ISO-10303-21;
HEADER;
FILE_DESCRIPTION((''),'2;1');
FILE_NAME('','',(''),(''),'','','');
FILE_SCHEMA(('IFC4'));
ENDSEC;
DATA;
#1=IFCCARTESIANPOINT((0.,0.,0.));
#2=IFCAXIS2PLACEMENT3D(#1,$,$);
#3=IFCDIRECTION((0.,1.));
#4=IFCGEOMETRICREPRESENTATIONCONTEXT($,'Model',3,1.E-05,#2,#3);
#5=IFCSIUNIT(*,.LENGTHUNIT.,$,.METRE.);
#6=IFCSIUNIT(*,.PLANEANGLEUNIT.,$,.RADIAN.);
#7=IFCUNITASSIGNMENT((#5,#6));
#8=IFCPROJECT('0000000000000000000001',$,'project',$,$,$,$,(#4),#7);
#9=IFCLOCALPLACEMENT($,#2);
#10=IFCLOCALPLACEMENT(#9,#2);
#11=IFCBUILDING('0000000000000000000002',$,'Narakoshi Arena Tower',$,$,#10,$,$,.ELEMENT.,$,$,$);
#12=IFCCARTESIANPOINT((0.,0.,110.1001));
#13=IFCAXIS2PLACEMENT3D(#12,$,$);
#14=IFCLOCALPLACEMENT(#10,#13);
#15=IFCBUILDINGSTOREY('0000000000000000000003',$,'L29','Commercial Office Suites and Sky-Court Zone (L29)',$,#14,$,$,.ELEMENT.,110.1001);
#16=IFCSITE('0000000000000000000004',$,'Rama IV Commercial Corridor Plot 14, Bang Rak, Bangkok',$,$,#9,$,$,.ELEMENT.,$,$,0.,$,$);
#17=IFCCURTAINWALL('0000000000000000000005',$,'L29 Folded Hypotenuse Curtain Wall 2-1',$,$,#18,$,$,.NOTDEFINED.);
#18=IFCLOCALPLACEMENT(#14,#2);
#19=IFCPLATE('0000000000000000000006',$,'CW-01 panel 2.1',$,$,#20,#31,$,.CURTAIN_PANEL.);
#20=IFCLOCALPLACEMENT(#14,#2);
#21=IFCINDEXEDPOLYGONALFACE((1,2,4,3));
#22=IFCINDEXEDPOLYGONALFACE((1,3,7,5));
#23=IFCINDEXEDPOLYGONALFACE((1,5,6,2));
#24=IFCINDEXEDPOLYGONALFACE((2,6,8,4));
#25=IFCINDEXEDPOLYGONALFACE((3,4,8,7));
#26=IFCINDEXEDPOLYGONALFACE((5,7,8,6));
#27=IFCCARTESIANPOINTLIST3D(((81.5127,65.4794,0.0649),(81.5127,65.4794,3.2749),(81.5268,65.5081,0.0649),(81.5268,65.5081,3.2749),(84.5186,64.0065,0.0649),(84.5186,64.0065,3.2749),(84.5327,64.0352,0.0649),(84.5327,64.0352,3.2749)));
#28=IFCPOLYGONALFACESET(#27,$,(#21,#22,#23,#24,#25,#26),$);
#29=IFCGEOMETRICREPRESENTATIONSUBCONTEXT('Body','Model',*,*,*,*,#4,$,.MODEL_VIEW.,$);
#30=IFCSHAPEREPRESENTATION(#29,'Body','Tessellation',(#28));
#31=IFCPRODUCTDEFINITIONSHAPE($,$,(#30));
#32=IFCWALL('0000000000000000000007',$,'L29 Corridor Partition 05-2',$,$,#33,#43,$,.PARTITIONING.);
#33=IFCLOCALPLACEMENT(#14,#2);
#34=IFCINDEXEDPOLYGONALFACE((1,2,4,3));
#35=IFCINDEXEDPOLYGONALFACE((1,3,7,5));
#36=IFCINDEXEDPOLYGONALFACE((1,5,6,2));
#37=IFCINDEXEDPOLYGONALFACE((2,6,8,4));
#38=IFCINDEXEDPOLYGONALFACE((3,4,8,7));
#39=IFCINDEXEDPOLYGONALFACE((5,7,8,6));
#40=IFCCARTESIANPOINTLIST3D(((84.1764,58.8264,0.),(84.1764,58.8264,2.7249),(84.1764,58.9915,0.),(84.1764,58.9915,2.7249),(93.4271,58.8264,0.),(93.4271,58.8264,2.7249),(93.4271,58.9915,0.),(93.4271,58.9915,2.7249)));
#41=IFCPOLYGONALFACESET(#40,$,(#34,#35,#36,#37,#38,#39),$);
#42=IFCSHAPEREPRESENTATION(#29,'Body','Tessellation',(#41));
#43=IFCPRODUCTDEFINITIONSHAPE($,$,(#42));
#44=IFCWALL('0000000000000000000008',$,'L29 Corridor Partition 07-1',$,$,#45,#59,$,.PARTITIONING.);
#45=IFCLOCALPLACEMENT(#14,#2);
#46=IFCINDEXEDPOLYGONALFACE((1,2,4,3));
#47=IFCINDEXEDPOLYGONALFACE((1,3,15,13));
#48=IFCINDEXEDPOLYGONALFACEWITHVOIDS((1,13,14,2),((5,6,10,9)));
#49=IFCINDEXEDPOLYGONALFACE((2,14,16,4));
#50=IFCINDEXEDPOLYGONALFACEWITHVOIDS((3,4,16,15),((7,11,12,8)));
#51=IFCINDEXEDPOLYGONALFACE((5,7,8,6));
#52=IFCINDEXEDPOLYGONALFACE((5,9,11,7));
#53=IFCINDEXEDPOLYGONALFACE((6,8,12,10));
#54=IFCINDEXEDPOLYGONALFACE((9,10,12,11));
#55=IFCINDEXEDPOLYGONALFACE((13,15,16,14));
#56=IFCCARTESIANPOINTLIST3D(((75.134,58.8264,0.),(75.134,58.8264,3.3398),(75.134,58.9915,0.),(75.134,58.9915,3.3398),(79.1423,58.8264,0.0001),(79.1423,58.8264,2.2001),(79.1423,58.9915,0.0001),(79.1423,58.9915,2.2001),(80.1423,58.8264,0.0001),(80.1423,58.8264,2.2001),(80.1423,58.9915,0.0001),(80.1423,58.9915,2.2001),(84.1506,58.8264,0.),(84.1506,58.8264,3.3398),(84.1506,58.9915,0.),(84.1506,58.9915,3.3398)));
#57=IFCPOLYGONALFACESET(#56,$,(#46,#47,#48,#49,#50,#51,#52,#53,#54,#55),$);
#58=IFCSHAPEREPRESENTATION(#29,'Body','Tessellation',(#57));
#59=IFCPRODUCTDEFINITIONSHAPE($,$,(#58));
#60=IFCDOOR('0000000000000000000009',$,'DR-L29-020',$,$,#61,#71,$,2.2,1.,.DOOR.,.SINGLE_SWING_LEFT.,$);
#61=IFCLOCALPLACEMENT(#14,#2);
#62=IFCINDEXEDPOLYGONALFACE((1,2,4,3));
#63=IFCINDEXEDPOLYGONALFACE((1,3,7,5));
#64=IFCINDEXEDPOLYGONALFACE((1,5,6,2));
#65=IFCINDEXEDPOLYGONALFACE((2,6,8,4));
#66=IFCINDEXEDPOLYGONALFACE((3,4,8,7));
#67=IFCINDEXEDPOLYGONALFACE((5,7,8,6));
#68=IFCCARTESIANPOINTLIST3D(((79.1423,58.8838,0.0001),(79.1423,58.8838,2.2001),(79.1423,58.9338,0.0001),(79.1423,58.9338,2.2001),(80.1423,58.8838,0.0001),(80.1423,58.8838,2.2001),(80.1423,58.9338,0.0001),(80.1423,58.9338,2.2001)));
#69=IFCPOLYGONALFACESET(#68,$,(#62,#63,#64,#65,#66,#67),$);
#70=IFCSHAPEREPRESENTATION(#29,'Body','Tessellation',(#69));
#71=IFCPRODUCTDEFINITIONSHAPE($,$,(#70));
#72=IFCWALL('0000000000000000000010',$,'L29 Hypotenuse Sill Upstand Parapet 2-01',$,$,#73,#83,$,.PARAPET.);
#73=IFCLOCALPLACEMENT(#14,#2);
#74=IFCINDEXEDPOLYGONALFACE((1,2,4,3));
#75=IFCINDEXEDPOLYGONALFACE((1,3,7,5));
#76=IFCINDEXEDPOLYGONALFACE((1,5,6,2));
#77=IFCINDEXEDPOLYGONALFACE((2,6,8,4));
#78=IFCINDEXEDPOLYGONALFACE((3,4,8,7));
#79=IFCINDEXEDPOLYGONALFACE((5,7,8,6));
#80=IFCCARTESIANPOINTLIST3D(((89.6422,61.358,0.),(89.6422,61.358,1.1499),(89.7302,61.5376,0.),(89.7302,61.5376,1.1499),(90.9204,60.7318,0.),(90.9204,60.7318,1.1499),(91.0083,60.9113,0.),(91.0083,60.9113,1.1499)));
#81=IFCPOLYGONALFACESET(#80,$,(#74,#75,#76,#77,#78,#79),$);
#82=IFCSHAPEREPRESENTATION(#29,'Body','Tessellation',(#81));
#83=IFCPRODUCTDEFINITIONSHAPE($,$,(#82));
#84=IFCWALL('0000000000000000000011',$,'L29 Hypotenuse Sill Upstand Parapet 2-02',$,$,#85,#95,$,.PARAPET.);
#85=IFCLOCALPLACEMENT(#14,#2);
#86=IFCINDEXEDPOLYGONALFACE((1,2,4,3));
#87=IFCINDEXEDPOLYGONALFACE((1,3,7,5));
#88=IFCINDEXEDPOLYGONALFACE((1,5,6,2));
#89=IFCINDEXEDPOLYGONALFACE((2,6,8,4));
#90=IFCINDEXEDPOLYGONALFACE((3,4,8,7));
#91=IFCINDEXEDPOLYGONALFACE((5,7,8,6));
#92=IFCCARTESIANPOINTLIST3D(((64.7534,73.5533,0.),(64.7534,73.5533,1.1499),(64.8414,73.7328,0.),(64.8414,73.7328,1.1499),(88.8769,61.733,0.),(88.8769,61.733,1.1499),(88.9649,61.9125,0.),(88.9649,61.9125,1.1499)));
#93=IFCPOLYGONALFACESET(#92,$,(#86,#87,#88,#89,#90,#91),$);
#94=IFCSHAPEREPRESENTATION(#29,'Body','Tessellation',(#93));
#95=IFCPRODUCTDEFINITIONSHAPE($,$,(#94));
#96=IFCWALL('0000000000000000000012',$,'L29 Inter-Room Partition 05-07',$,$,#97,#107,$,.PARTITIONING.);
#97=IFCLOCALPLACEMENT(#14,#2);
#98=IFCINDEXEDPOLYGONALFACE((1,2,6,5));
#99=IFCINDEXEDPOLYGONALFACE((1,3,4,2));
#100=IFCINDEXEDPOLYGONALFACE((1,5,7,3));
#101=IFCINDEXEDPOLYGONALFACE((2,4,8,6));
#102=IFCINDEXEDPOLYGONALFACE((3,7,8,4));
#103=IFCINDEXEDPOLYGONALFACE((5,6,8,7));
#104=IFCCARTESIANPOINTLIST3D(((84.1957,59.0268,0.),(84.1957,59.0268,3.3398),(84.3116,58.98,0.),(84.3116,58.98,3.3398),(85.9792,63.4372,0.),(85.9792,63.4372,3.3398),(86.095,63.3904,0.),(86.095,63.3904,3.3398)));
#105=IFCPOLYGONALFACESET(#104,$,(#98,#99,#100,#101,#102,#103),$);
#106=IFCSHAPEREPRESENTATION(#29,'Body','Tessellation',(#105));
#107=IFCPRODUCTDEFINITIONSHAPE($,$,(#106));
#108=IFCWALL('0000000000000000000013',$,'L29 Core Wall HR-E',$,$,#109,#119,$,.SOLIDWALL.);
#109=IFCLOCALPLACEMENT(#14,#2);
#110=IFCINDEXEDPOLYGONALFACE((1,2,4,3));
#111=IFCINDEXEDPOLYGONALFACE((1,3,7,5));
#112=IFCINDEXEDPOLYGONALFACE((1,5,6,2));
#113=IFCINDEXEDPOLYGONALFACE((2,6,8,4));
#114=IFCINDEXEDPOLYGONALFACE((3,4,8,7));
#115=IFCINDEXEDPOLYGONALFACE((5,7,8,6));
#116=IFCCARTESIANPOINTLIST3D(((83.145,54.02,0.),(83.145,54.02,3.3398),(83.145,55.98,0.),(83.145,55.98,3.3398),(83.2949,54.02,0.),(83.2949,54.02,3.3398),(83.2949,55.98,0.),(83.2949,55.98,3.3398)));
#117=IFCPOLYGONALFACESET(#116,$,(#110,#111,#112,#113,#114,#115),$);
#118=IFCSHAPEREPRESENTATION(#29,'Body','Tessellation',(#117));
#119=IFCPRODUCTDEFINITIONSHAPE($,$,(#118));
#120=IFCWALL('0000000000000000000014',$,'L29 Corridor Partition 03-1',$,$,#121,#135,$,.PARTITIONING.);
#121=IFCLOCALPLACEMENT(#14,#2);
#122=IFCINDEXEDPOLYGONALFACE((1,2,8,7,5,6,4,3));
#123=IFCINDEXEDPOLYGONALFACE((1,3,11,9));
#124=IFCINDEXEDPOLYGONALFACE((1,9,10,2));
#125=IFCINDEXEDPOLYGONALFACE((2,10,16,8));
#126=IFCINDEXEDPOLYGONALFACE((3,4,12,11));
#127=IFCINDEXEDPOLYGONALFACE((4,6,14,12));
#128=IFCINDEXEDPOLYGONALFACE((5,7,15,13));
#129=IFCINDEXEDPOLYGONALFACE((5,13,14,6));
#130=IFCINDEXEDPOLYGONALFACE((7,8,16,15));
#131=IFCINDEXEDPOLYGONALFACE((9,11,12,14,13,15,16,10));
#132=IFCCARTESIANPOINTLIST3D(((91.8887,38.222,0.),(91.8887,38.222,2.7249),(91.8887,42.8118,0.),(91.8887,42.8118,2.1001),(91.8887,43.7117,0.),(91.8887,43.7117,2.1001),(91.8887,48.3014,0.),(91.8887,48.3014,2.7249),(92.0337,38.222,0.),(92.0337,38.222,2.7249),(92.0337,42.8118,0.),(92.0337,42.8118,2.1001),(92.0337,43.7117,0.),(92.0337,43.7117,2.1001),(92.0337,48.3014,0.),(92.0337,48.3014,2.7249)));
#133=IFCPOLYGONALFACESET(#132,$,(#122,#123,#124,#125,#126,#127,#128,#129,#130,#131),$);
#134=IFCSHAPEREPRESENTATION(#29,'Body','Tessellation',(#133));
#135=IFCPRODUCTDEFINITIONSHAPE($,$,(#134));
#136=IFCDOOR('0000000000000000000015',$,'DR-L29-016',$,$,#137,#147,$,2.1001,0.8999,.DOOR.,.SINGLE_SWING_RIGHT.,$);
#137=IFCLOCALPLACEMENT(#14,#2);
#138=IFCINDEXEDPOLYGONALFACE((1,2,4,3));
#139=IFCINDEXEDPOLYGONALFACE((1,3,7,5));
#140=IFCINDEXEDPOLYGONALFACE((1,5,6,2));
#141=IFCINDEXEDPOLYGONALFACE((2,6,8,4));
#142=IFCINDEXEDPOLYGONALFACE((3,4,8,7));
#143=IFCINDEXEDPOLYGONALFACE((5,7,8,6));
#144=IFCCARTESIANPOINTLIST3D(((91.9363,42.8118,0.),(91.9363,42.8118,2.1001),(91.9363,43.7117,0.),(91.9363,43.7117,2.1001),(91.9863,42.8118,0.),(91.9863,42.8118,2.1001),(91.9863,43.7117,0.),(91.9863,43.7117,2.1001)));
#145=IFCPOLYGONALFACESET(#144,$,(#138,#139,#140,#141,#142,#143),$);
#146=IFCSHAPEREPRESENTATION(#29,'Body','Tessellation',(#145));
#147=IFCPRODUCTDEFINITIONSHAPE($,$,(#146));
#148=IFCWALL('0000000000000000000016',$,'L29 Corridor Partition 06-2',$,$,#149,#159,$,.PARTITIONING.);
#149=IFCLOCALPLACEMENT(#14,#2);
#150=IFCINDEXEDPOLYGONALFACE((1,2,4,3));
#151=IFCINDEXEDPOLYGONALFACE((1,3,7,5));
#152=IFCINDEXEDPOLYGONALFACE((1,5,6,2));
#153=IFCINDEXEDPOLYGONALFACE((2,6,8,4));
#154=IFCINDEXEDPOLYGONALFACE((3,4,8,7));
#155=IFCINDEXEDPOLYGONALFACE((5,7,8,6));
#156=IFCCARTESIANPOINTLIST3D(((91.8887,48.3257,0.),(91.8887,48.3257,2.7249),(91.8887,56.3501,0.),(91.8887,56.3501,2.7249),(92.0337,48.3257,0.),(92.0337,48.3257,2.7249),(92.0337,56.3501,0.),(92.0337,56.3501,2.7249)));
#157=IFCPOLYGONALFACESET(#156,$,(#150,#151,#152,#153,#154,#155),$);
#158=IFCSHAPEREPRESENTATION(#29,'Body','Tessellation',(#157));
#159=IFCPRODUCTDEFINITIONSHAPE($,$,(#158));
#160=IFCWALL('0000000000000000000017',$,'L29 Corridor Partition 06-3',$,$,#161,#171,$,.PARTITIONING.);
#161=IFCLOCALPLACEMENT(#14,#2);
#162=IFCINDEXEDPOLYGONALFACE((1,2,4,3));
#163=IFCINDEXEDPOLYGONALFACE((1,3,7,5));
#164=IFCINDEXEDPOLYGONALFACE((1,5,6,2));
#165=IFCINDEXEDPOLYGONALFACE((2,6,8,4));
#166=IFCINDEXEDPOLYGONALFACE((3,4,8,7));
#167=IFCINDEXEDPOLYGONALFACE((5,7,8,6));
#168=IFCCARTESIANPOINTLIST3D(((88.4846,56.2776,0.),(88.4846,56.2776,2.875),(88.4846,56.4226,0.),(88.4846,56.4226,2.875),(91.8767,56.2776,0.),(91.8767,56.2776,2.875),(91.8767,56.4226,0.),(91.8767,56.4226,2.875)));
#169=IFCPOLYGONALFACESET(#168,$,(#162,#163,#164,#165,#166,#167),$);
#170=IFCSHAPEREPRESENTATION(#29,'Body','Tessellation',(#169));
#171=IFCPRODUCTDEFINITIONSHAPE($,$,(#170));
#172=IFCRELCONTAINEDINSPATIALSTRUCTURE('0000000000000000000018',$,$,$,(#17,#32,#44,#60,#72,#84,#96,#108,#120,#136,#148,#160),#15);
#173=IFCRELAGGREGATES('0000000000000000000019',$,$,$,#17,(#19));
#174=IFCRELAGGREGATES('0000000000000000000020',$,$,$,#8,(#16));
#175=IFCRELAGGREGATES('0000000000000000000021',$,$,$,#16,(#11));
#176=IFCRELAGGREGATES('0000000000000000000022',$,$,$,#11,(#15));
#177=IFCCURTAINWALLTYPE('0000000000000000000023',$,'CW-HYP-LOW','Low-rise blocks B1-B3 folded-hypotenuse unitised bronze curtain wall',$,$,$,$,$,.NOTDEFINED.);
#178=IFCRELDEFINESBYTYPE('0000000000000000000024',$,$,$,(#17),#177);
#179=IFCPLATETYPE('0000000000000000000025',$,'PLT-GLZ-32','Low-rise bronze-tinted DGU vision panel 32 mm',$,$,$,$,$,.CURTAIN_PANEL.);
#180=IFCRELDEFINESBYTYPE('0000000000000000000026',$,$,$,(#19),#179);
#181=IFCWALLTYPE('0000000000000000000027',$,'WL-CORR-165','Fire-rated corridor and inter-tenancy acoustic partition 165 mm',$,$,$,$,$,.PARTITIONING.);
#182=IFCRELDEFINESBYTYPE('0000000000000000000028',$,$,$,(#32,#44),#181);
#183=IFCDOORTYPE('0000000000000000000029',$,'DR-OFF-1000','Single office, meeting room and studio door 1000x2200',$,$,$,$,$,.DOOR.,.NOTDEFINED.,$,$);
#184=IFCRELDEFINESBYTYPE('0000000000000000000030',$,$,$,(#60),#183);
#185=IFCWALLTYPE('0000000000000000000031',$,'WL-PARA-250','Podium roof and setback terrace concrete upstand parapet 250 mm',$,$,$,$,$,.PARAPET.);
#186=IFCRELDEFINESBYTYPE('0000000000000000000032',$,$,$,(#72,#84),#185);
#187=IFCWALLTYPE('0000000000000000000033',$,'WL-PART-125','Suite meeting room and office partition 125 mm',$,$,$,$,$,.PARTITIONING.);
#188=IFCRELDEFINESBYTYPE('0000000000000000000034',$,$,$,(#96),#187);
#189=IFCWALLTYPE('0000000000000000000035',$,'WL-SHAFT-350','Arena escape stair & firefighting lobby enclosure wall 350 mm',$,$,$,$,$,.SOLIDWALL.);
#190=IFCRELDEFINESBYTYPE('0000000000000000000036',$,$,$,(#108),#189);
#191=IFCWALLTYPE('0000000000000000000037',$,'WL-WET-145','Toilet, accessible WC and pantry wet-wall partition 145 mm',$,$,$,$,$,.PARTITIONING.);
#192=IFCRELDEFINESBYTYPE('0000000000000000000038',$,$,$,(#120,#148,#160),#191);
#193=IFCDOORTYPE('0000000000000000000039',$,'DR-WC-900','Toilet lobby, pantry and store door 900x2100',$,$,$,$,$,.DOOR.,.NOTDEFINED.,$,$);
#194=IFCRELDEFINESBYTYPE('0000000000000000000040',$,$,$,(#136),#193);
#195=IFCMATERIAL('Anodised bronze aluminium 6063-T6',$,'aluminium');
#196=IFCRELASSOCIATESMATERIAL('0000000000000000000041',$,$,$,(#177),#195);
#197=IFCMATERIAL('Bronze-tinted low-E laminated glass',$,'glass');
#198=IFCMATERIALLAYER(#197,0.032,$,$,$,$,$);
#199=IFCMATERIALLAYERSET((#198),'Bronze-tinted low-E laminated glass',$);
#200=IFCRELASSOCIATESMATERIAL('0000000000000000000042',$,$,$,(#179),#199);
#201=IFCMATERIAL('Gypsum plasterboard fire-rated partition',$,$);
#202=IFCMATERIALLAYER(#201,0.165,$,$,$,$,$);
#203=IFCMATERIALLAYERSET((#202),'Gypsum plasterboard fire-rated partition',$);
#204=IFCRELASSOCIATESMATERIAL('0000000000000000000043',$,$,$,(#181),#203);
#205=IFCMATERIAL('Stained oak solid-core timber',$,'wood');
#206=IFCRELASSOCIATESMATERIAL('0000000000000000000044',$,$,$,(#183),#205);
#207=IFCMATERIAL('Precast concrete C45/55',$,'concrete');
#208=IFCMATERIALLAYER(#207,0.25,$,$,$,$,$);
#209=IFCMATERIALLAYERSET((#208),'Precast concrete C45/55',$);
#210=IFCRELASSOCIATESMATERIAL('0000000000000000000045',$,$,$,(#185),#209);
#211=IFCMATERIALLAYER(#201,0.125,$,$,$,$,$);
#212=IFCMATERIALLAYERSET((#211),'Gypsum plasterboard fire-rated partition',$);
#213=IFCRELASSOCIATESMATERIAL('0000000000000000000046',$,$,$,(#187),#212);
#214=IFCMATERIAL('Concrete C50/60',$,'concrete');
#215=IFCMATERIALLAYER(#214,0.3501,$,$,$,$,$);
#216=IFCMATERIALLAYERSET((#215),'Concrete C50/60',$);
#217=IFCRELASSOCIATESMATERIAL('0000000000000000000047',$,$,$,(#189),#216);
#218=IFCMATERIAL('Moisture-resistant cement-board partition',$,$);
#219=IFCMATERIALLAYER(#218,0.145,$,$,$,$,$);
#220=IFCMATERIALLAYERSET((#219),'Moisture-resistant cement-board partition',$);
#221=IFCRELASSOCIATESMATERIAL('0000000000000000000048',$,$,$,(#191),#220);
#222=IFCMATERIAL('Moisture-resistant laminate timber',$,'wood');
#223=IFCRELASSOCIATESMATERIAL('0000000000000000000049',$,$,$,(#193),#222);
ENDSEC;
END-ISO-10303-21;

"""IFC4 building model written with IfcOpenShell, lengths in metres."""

from ifc_helpers import new_model, si_unit, direction, frame, frame_2d, origin, origin_2d, place, context, subcontext, project, spatial, rectangle, extrude, material, layer, layer_set, type_object, element, fill, aggregate, save


model = new_model("IFC4")

# Units and contexts
model_context = context("Model", 3, precision=1e-05, world=origin(), true_north=direction((0.0, 1.0)))
body_context = subcontext(model_context, "Body", "Model", "MODEL_VIEW")
ifc_project = project(units=[si_unit("LENGTHUNIT", "METRE"), si_unit("PLANEANGLEUNIT", "RADIAN")], contexts=[model_context])

# Site, building, storey
site_placement = place(None, origin())
site = spatial("IfcSite", under=ifc_project, at=site_placement, Name="Rama IV Commercial Corridor Plot 14, Bang Rak, Bangkok", CompositionType="ELEMENT", RefElevation=0.0)
building_placement = place(site_placement, origin())
building = spatial("IfcBuilding", under=site, at=building_placement, Name="Narakoshi Arena Tower", CompositionType="ELEMENT")
storey_placement = place(building_placement, frame((0.0, 0.0, 110.1001)))
storey = spatial("IfcBuildingStorey", under=building, at=storey_placement, Name="L29", Description="Commercial Office Suites and Sky-Court Zone (L29)", CompositionType="ELEMENT", Elevation=110.1001)

# Curtain wall, plate
ifc_material_1 = material(Name="Anodised bronze aluminium 6063-T6", Category="aluminium")
curtain_wall_type = type_object("IfcCurtainWallType", Name="CW-HYP-LOW", Description="Low-rise blocks B1-B3 folded-hypotenuse unitised bronze curtain wall", PredefinedType="NOTDEFINED", material=ifc_material_1)
curtain_wall_placement = place(storey_placement, origin())
curtain_wall = element("IfcCurtainWall", 1, at=curtain_wall_placement, inside=storey, type_object=curtain_wall_type, Name="L29 Folded Hypotenuse Curtain Wall 2-1", PredefinedType="NOTDEFINED")
ifc_material_2 = material(Name="Bronze-tinted low-E laminated glass", Category="glass")
ifc_layer_1 = layer(ifc_material_2, 0.032)
ifc_layer_set_1 = layer_set([ifc_layer_1], Name="Bronze-tinted low-E laminated glass")
plate_type = type_object("IfcPlateType", Name="PLT-GLZ-32", Description="Low-rise bronze-tinted DGU vision panel 32 mm", PredefinedType="CURTAIN_PANEL", material=ifc_layer_set_1)
plate_1_placement = place(storey_placement, frame((83.0227, 64.7573, 0.0649), z_axis=(0.0, 0.0, 1.0), x_axis=(-0.897996, 0.440005, 0.0)))
plate_1 = element("IfcPlate", 2, at=plate_1_placement, type_object=plate_type, Name="CW-01 panel 2.1", PredefinedType="CURTAIN_PANEL", context=body_context, shape_type="SweptSolid", body=[
    extrude(rectangle(XDim=3.3474, YDim=0.032, at=origin_2d()), origin(), (0.0, 0.0, 1.0), 3.21),
])
aggregate(curtain_wall, [plate_1])

# Wall
ifc_material_3 = material(Name="Gypsum plasterboard fire-rated partition")
ifc_layer_2 = layer(ifc_material_3, 0.165)
ifc_layer_set_2 = layer_set([ifc_layer_2], Name="Gypsum plasterboard fire-rated partition")
wall_type_1 = type_object("IfcWallType", Name="WL-CORR-165", Description="Fire-rated corridor and inter-tenancy acoustic partition 165 mm", PredefinedType="PARTITIONING", material=ifc_layer_set_2)
wall_1_placement = place(storey_placement, frame((93.4272, 58.9089, 0.0), z_axis=(0.0, 0.0, 1.0), x_axis=(-1.0, 0.0, 0.0)))
element("IfcWall", 3, at=wall_1_placement, inside=storey, type_object=wall_type_1, Name="L29 Corridor Partition 05-2", PredefinedType="PARTITIONING", context=body_context, shape_type="SweptSolid", body=[
    extrude(rectangle(XDim=9.2507, YDim=0.165, at=frame_2d((4.6255, 0.0))), origin(), (0.0, 0.0, 1.0), 2.7249),
])

# Wall, opening, door
wall_2_placement = place(storey_placement, frame((84.1506, 58.9089, 0.0), z_axis=(0.0, 0.0, 1.0), x_axis=(-1.0, 0.0, 0.0)))
wall_2 = element("IfcWall", 4, at=wall_2_placement, inside=storey, type_object=wall_type_1, Name="L29 Corridor Partition 07-1", PredefinedType="PARTITIONING", context=body_context, shape_type="SweptSolid", body=[
    extrude(rectangle(XDim=9.0166, YDim=0.165, at=frame_2d((4.5083, 0.0))), origin(), (0.0, 0.0, 1.0), 3.3398),
])
opening_1_placement = place(wall_2_placement, frame((4.0083, 0.0, 0.0)))
opening_1 = element("IfcOpeningElement", 5, at=opening_1_placement, cuts=wall_2, PredefinedType="OPENING", context=body_context, shape_type="SweptSolid", body=[
    extrude(rectangle(XDim=1.0, YDim=2.2, at=frame_2d((0.5, 1.1001))), frame((0.0, 0.0925, 0.0), z_axis=(0.0, -1.0, 0.0), x_axis=(1.0, 0.0, 0.0)), (0.0, 0.0, 1.0), 0.1851),
])
ifc_material_4 = material(Name="Stained oak solid-core timber", Category="wood")
door_type_1 = type_object("IfcDoorType", Name="DR-OFF-1000", Description="Single office, meeting room and studio door 1000x2200", OperationType="NOTDEFINED", PredefinedType="DOOR", material=ifc_material_4)
door_1_placement = place(opening_1_placement, frame((1.0, 0.0, 0.0), z_axis=(0.0, 0.0, 1.0), x_axis=(-1.0, 0.0, 0.0)))
door_1 = element("IfcDoor", 6, at=door_1_placement, inside=storey, type_object=door_type_1, Name="DR-L29-020", OperationType="SINGLE_SWING_LEFT", OverallHeight=2.2, OverallWidth=1.0, PredefinedType="DOOR", context=body_context, shape_type="SweptSolid", body=[
    extrude(rectangle(XDim=1.0, YDim=2.2, at=frame_2d((0.5, 1.1001))), frame((0.0, 0.0249, 0.0), z_axis=(0.0, -1.0, 0.0), x_axis=(1.0, 0.0, 0.0)), (0.0, 0.0, 1.0), 0.05),
])
fill(opening_1, door_1)

# Walls
ifc_material_5 = material(Name="Precast concrete C45/55", Category="concrete")
ifc_layer_3 = layer(ifc_material_5, 0.25)
ifc_layer_set_3 = layer_set([ifc_layer_3], Name="Precast concrete C45/55")
wall_type_2 = type_object("IfcWallType", Name="WL-PARA-250", Description="Podium roof and setback terrace concrete upstand parapet 250 mm", PredefinedType="PARAPET", material=ifc_layer_set_3)
wall_3_placement = place(storey_placement, frame((90.9644, 60.8215, 0.0), z_axis=(0.0, 0.0, 1.0), x_axis=(-0.898, 0.439994, 0.0)))
element("IfcWall", 7, at=wall_3_placement, inside=storey, type_object=wall_type_2, Name="L29 Hypotenuse Sill Upstand Parapet 2-01", PredefinedType="PARAPET", context=body_context, shape_type="SweptSolid", body=[
    extrude(rectangle(XDim=1.4233, YDim=0.2, at=frame_2d((0.7117, 0.0))), origin(), (0.0, 0.0, 1.0), 1.1499),
])
wall_4_placement = place(storey_placement, frame((88.9209, 61.8228, 0.0), z_axis=(0.0, 0.0, 1.0), x_axis=(-0.897994, 0.440009, 0.0)))
element("IfcWall", 8, at=wall_4_placement, inside=storey, type_object=wall_type_2, Name="L29 Hypotenuse Sill Upstand Parapet 2-02", PredefinedType="PARAPET", context=body_context, shape_type="SweptSolid", body=[
    extrude(rectangle(XDim=26.8638, YDim=0.2, at=frame_2d((13.4319, 0.0))), origin(), (0.0, 0.0, 1.0), 1.1499),
])
ifc_layer_4 = layer(ifc_material_3, 0.125)
ifc_layer_set_4 = layer_set([ifc_layer_4], Name="Gypsum plasterboard fire-rated partition")
wall_type_3 = type_object("IfcWallType", Name="WL-PART-125", Description="Suite meeting room and office partition 125 mm", PredefinedType="PARTITIONING", material=ifc_layer_set_4)
wall_5_placement = place(storey_placement, frame((84.2537, 59.0034, 0.0), z_axis=(0.0, 0.0, 1.0), x_axis=(0.374883, 0.927072, 0.0)))
element("IfcWall", 9, at=wall_5_placement, inside=storey, type_object=wall_type_3, Name="L29 Inter-Room Partition 05-07", PredefinedType="PARTITIONING", context=body_context, shape_type="SweptSolid", body=[
    extrude(rectangle(XDim=4.7573, YDim=0.125, at=frame_2d((2.3787, 0.0))), origin(), (0.0, 0.0, 1.0), 3.3398),
])
ifc_material_6 = material(Name="Concrete C50/60", Category="concrete")
ifc_layer_5 = layer(ifc_material_6, 0.3501)
ifc_layer_set_5 = layer_set([ifc_layer_5], Name="Concrete C50/60")
wall_type_4 = type_object("IfcWallType", Name="WL-SHAFT-350", Description="Arena escape stair & firefighting lobby enclosure wall 350 mm", PredefinedType="SOLIDWALL", material=ifc_layer_set_5)
wall_6_placement = place(storey_placement, frame((83.22, 54.02, 0.0), z_axis=(0.0, 0.0, 1.0), x_axis=(0.0, 1.0, 0.0)))
element("IfcWall", 10, at=wall_6_placement, inside=storey, type_object=wall_type_4, Name="L29 Core Wall HR-E", PredefinedType="SOLIDWALL", context=body_context, shape_type="SweptSolid", body=[
    extrude(rectangle(XDim=1.96, YDim=0.1499, at=frame_2d((0.98, 0.0))), origin(), (0.0, 0.0, 1.0), 3.3398),
])

# Wall, opening, door
ifc_material_7 = material(Name="Moisture-resistant cement-board partition")
ifc_layer_6 = layer(ifc_material_7, 0.145)
ifc_layer_set_6 = layer_set([ifc_layer_6], Name="Moisture-resistant cement-board partition")
wall_type_5 = type_object("IfcWallType", Name="WL-WET-145", Description="Toilet, accessible WC and pantry wet-wall partition 145 mm", PredefinedType="PARTITIONING", material=ifc_layer_set_6)
wall_7_placement = place(storey_placement, frame((91.9612, 48.3013, 0.0), z_axis=(0.0, 0.0, 1.0), x_axis=(0.0, -1.0, 0.0)))
wall_7 = element("IfcWall", 11, at=wall_7_placement, inside=storey, type_object=wall_type_5, Name="L29 Corridor Partition 03-1", PredefinedType="PARTITIONING", context=body_context, shape_type="SweptSolid", body=[
    extrude(rectangle(XDim=10.0793, YDim=0.145, at=frame_2d((5.0396, 0.0))), origin(), (0.0, 0.0, 1.0), 2.7249),
])
opening_2_placement = place(wall_7_placement, frame((4.5896, 0.0, 0.0)))
opening_2 = element("IfcOpeningElement", 12, at=opening_2_placement, cuts=wall_7, PredefinedType="OPENING", context=body_context, shape_type="SweptSolid", body=[
    extrude(rectangle(XDim=0.8999, YDim=2.1001, at=frame_2d((0.45, 1.05))), frame((0.0, 0.0825, 0.0), z_axis=(0.0, -1.0, 0.0), x_axis=(1.0, 0.0, 0.0)), (0.0, 0.0, 1.0), 0.165),
])
ifc_material_8 = material(Name="Moisture-resistant laminate timber", Category="wood")
door_type_2 = type_object("IfcDoorType", Name="DR-WC-900", Description="Toilet lobby, pantry and store door 900x2100", OperationType="NOTDEFINED", PredefinedType="DOOR", material=ifc_material_8)
door_2_placement = place(opening_2_placement, frame((0.8999, 0.0, 0.0), z_axis=(0.0, 0.0, 1.0), x_axis=(-1.0, 0.0, 0.0)))
door_2 = element("IfcDoor", 13, at=door_2_placement, inside=storey, type_object=door_type_2, Name="DR-L29-016", OperationType="SINGLE_SWING_RIGHT", OverallHeight=2.1001, OverallWidth=0.8999, PredefinedType="DOOR", context=body_context, shape_type="SweptSolid", body=[
    extrude(rectangle(XDim=0.8999, YDim=2.1001, at=frame_2d((0.45, 1.05))), frame((0.0, 0.0249, 0.0), z_axis=(0.0, -1.0, 0.0), x_axis=(1.0, 0.0, 0.0)), (0.0, 0.0, 1.0), 0.05),
])
fill(opening_2, door_2)

# Walls
wall_8_placement = place(storey_placement, frame((91.9612, 56.3501, 0.0), z_axis=(0.0, 0.0, 1.0), x_axis=(0.0, -1.0, 0.0)))
element("IfcWall", 14, at=wall_8_placement, inside=storey, type_object=wall_type_5, Name="L29 Corridor Partition 06-2", PredefinedType="PARTITIONING", context=body_context, shape_type="SweptSolid", body=[
    extrude(rectangle(XDim=8.0244, YDim=0.145, at=frame_2d((4.0122, 0.0))), origin(), (0.0, 0.0, 1.0), 2.7249),
])
wall_9_placement = place(storey_placement, frame((88.4846, 56.3501, 0.0), z_axis=(0.0, 0.0, 1.0), x_axis=(1.0, 0.0, 0.0)))
element("IfcWall", 15, at=wall_9_placement, inside=storey, type_object=wall_type_5, Name="L29 Corridor Partition 06-3", PredefinedType="PARTITIONING", context=body_context, shape_type="SweptSolid", body=[
    extrude(rectangle(XDim=3.3921, YDim=0.145, at=frame_2d((1.696, 0.0))), origin(), (0.0, 0.0, 1.0), 2.875),
])

save(model, "model.ifc")
